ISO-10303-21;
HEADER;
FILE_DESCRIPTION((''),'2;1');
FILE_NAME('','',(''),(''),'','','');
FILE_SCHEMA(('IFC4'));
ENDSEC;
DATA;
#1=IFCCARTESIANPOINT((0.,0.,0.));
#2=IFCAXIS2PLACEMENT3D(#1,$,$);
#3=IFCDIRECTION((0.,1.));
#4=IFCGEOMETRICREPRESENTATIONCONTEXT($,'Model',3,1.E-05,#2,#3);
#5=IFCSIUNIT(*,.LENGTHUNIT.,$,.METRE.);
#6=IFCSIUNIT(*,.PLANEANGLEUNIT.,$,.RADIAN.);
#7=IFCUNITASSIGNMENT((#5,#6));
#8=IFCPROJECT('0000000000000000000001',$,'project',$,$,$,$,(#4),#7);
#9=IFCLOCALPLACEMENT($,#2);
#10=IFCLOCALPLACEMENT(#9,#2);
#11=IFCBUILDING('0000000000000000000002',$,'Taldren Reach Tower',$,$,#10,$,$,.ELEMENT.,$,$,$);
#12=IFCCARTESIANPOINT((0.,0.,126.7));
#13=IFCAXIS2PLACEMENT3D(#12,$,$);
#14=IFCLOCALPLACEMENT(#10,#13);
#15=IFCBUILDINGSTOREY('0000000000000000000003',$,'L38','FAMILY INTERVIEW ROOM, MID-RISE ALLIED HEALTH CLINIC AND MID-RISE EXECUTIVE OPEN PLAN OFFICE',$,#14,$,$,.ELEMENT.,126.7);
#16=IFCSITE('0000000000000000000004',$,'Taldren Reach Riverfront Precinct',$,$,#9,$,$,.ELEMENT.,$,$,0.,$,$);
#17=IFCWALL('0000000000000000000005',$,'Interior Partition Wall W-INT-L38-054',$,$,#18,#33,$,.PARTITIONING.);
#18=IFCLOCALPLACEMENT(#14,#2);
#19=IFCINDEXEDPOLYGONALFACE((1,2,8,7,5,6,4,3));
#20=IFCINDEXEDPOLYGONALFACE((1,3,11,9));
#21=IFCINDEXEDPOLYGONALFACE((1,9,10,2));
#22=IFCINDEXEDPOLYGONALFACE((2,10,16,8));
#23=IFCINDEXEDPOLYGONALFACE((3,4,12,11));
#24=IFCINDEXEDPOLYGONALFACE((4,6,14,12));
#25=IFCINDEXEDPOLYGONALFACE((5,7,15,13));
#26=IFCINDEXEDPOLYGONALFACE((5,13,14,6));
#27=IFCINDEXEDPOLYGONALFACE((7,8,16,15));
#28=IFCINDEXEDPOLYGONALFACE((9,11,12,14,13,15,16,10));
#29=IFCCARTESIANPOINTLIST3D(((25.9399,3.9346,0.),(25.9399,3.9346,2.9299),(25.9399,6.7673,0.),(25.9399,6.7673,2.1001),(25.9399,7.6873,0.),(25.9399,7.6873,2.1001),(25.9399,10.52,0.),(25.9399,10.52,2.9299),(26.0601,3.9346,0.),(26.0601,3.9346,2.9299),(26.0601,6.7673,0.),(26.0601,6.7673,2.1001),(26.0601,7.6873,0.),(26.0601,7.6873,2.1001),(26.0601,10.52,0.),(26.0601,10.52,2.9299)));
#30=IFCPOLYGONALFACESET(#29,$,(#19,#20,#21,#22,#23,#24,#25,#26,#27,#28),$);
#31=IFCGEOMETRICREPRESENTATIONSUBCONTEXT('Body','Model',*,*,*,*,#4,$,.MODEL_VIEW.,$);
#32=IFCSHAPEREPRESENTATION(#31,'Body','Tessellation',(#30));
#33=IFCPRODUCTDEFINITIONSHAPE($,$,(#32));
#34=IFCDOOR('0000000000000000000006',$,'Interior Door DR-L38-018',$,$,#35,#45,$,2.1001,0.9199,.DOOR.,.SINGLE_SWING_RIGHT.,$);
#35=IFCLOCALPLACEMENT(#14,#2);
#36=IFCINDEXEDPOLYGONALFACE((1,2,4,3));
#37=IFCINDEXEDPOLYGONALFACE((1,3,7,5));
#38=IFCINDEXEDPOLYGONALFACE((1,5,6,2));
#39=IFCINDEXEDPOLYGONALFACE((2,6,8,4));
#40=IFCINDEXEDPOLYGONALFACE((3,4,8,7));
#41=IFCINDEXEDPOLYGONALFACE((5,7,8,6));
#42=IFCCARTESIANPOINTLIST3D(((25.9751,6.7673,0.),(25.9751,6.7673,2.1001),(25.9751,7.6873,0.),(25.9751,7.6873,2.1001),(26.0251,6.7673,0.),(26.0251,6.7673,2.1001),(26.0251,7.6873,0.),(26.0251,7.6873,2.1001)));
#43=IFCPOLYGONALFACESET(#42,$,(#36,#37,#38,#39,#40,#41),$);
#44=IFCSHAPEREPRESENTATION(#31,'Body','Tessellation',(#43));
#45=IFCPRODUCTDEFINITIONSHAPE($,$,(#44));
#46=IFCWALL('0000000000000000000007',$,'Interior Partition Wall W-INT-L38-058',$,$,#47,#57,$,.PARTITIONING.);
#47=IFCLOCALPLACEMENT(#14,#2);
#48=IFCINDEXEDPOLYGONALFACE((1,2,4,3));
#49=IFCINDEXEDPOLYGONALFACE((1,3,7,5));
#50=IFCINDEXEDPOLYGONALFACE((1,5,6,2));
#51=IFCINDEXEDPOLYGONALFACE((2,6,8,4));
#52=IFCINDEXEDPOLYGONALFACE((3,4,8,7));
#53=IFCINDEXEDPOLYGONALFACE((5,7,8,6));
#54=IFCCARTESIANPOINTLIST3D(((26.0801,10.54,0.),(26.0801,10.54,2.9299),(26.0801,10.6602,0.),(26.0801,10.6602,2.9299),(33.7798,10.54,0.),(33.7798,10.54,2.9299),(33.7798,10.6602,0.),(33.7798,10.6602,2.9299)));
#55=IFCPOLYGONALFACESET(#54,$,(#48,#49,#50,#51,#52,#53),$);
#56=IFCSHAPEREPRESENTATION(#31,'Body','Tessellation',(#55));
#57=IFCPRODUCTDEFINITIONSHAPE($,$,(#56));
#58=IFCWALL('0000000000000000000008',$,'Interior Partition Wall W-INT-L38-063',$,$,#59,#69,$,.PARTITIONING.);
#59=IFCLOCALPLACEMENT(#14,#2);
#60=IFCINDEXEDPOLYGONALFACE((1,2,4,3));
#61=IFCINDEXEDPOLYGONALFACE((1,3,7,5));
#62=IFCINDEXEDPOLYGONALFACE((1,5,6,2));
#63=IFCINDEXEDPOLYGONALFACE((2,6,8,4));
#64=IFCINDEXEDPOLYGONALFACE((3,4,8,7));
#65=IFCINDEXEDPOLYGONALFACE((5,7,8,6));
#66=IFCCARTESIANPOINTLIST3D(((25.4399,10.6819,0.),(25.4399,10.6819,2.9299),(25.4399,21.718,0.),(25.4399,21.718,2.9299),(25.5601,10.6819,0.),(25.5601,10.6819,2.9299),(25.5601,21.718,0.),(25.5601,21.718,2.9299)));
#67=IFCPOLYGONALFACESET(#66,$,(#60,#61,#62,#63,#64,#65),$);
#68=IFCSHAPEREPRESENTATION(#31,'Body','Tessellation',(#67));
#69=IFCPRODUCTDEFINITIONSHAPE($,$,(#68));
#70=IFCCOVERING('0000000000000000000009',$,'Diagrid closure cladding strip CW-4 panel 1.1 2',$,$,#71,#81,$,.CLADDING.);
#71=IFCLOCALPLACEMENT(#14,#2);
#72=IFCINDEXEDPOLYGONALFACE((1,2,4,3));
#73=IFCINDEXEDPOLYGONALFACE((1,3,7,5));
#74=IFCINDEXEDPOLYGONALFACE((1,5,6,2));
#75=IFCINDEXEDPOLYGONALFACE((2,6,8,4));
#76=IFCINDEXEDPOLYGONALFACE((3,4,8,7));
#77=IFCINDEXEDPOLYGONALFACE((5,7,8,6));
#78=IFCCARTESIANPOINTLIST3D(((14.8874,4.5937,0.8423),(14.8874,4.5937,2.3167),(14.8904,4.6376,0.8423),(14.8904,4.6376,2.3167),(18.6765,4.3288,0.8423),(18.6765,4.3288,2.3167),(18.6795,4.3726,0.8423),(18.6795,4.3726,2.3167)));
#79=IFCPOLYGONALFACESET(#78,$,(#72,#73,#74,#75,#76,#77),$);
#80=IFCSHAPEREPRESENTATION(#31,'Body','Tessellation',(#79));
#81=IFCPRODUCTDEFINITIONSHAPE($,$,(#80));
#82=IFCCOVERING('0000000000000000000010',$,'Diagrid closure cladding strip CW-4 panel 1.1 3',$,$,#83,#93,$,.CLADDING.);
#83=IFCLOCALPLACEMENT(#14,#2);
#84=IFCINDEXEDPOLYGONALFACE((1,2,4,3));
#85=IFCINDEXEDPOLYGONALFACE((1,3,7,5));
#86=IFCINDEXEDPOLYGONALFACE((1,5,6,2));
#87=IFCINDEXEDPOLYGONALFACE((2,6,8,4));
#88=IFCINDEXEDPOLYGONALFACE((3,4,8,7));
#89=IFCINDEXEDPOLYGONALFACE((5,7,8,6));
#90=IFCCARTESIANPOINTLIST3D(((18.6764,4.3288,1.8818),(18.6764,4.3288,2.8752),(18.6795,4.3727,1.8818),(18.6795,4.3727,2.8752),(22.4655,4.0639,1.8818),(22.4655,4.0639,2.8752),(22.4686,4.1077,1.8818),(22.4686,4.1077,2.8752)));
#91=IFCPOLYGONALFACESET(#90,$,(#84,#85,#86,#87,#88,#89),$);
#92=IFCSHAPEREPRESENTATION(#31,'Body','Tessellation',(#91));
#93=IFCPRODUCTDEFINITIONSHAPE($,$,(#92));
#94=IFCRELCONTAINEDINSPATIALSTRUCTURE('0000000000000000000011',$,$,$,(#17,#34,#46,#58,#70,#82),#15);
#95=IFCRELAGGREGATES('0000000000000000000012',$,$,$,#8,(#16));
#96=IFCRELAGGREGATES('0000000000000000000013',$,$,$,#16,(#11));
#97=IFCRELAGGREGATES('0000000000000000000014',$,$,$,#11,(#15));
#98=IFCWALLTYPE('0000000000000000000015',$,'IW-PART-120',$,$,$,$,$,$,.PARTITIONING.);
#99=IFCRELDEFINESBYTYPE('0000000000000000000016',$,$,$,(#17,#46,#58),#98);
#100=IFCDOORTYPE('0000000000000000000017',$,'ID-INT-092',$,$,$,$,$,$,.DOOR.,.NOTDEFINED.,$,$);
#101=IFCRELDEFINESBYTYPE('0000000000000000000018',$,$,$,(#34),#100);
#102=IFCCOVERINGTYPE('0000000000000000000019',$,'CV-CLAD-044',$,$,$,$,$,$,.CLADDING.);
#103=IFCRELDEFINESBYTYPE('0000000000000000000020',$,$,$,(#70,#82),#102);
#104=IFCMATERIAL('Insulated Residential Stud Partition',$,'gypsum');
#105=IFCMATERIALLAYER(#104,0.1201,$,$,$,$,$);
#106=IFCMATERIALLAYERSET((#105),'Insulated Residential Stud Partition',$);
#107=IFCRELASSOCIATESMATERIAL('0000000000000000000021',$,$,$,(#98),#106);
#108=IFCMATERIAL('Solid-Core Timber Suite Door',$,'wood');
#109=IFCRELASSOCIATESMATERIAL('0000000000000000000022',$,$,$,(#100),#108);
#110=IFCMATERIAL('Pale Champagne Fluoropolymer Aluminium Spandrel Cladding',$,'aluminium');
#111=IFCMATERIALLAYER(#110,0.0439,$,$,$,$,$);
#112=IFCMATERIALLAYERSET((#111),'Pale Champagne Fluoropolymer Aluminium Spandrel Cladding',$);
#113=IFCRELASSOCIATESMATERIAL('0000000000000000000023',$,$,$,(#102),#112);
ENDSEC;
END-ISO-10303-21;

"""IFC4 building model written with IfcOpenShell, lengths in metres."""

from ifc_helpers import new_model, si_unit, direction, frame, frame_2d, origin, origin_2d, place, context, subcontext, project, spatial, rectangle, extrude, source, transform, mapped, material, layer, layer_set, type_object, element, fill, save


model = new_model("IFC4")

# Units and contexts
model_context = context("Model", 3, precision=1e-05, world=origin(), true_north=direction((0.0, 1.0)))
body_context = subcontext(model_context, "Body", "Model", "MODEL_VIEW")
ifc_project = project(units=[si_unit("LENGTHUNIT", "METRE"), si_unit("PLANEANGLEUNIT", "RADIAN")], contexts=[model_context])

# Site, building, storey
site_placement = place(None, origin())
site = spatial("IfcSite", under=ifc_project, at=site_placement, Name="Taldren Reach Riverfront Precinct", CompositionType="ELEMENT", RefElevation=0.0)
building_placement = place(site_placement, origin())
building = spatial("IfcBuilding", under=site, at=building_placement, Name="Taldren Reach Tower", CompositionType="ELEMENT")
storey_placement = place(building_placement, frame((0.0, 0.0, 126.7)))
storey = spatial("IfcBuildingStorey", under=building, at=storey_placement, Name="L38", Description="FAMILY INTERVIEW ROOM, MID-RISE ALLIED HEALTH CLINIC AND MID-RISE EXECUTIVE OPEN PLAN OFFICE", CompositionType="ELEMENT", Elevation=126.7)

# Wall, opening, door
ifc_material_1 = material(Name="Insulated Residential Stud Partition", Category="gypsum")
ifc_layer_1 = layer(ifc_material_1, 0.1201)
ifc_layer_set_1 = layer_set([ifc_layer_1], Name="Insulated Residential Stud Partition")
wall_type_1 = type_object("IfcWallType", Name="IW-PART-120", PredefinedType="PARTITIONING", material=ifc_layer_set_1)
shared_shape_1 = source(origin(), body_context, "Body", "SweptSolid", [
    extrude(rectangle(XDim=6.5854, YDim=0.1201, at=frame_2d((3.2927, 0.0))), origin(), (0.0, 0.0, 1.0), 2.9299),
])
wall_1_placement = place(storey_placement, frame((26.0, 10.52, 0.0), z_axis=(0.0, 0.0, 1.0), x_axis=(0.0, -1.0, 0.0)))
wall_1 = element("IfcWall", 1, at=wall_1_placement, inside=storey, type_object=wall_type_1, Name="Interior Partition Wall W-INT-L38-054", PredefinedType="PARTITIONING", context=body_context, shape_type="MappedRepresentation", body=[
    mapped(shared_shape_1, transform((0.0, 0.0, 0.0), scale=1.0)),
])
shared_shape_2 = source(origin(), body_context, "Body", "SweptSolid", [
    extrude(rectangle(XDim=0.9199, YDim=2.1001, at=frame_2d((0.46, 1.05))), frame((0.0, 0.0701, 0.0), z_axis=(0.0, -1.0, 0.0), x_axis=(1.0, 0.0, 0.0)), (0.0, 0.0, 1.0), 0.1401),
])
opening_1_placement = place(wall_1_placement, frame((2.8328, 0.0, 0.0)))
opening_1 = element("IfcOpeningElement", 2, at=opening_1_placement, cuts=wall_1, PredefinedType="OPENING", context=body_context, shape_type="MappedRepresentation", body=[
    mapped(shared_shape_2, transform((0.0, 0.0, 0.0), scale=1.0)),
])
ifc_material_2 = material(Name="Solid-Core Timber Suite Door", Category="wood")
door_type_1 = type_object("IfcDoorType", Name="ID-INT-092", OperationType="NOTDEFINED", PredefinedType="DOOR", material=ifc_material_2)
shared_shape_3 = source(origin(), body_context, "Body", "SweptSolid", [
    extrude(rectangle(XDim=0.9199, YDim=2.1001, at=frame_2d((0.46, 1.05))), frame((0.0, 0.0249, 0.0), z_axis=(0.0, -1.0, 0.0), x_axis=(1.0, 0.0, 0.0)), (0.0, 0.0, 1.0), 0.05),
])
door_1_placement = place(opening_1_placement, frame((0.9199, 0.0, 0.0), z_axis=(0.0, 0.0, 1.0), x_axis=(-1.0, 0.0, 0.0)))
door_1 = element("IfcDoor", 3, at=door_1_placement, inside=storey, type_object=door_type_1, Name="Interior Door DR-L38-018", OperationType="SINGLE_SWING_RIGHT", OverallHeight=2.1001, OverallWidth=0.9199, PredefinedType="DOOR", context=body_context, shape_type="MappedRepresentation", body=[
    mapped(shared_shape_3, transform((0.0, 0.0, 0.0), scale=1.0)),
])
fill(opening_1, door_1)

# Walls
shared_shape_4 = source(origin(), body_context, "Body", "SweptSolid", [
    extrude(rectangle(XDim=7.6997, YDim=0.1201, at=frame_2d((3.8499, 0.0))), origin(), (0.0, 0.0, 1.0), 2.9299),
])
wall_2_placement = place(storey_placement, frame((26.0801, 10.6001, 0.0), z_axis=(0.0, 0.0, 1.0), x_axis=(1.0, 0.0, 0.0)))
element("IfcWall", 4, at=wall_2_placement, inside=storey, type_object=wall_type_1, Name="Interior Partition Wall W-INT-L38-058", PredefinedType="PARTITIONING", context=body_context, shape_type="MappedRepresentation", body=[
    mapped(shared_shape_4, transform((0.0, 0.0, 0.0), scale=1.0)),
])
shared_shape_5 = source(origin(), body_context, "Body", "SweptSolid", [
    extrude(rectangle(XDim=11.0361, YDim=0.1201, at=frame_2d((5.5181, 0.0))), origin(), (0.0, 0.0, 1.0), 2.9299),
])
wall_3_placement = place(storey_placement, frame((25.5, 21.718, 0.0), z_axis=(0.0, 0.0, 1.0), x_axis=(0.0, -1.0, 0.0)))
element("IfcWall", 5, at=wall_3_placement, inside=storey, type_object=wall_type_1, Name="Interior Partition Wall W-INT-L38-063", PredefinedType="PARTITIONING", context=body_context, shape_type="MappedRepresentation", body=[
    mapped(shared_shape_5, transform((0.0, 0.0, 0.0), scale=1.0)),
])

# Coverings
ifc_material_3 = material(Name="Pale Champagne Fluoropolymer Aluminium Spandrel Cladding", Category="aluminium")
ifc_layer_2 = layer(ifc_material_3, 0.0439)
ifc_layer_set_2 = layer_set([ifc_layer_2], Name="Pale Champagne Fluoropolymer Aluminium Spandrel Cladding")
covering_type = type_object("IfcCoveringType", Name="CV-CLAD-044", PredefinedType="CLADDING", material=ifc_layer_set_2)
shared_shape_6 = source(origin(), body_context, "Body", "SweptSolid", [
    extrude(rectangle(XDim=3.7983, YDim=0.0439, at=origin_2d()), origin(), (0.0, 0.0, 1.0), 1.4744),
])
covering_1_placement = place(storey_placement, frame((16.7834, 4.4832, 0.8423), z_axis=(0.0, 0.0, 1.0), x_axis=(0.997564, -0.069757, 0.0)))
element("IfcCovering", 6, at=covering_1_placement, inside=storey, type_object=covering_type, Name="Diagrid closure cladding strip CW-4 panel 1.1 2", PredefinedType="CLADDING", context=body_context, shape_type="MappedRepresentation", body=[
    mapped(shared_shape_6, transform((0.0, 0.0, 0.0), scale=1.0)),
])
shared_shape_7 = source(origin(), body_context, "Body", "SweptSolid", [
    extrude(rectangle(XDim=3.7983, YDim=0.0439, at=origin_2d()), origin(), (0.0, 0.0, 1.0), 0.9934),
])
covering_2_placement = place(storey_placement, frame((20.5725, 4.2183, 1.8818), z_axis=(0.0, 0.0, 1.0), x_axis=(0.997564, -0.069757, 0.0)))
element("IfcCovering", 7, at=covering_2_placement, inside=storey, type_object=covering_type, Name="Diagrid closure cladding strip CW-4 panel 1.1 3", PredefinedType="CLADDING", context=body_context, shape_type="MappedRepresentation", body=[
    mapped(shared_shape_7, transform((0.0, 0.0, 0.0), scale=1.0)),
])

save(model, "model.ifc")
